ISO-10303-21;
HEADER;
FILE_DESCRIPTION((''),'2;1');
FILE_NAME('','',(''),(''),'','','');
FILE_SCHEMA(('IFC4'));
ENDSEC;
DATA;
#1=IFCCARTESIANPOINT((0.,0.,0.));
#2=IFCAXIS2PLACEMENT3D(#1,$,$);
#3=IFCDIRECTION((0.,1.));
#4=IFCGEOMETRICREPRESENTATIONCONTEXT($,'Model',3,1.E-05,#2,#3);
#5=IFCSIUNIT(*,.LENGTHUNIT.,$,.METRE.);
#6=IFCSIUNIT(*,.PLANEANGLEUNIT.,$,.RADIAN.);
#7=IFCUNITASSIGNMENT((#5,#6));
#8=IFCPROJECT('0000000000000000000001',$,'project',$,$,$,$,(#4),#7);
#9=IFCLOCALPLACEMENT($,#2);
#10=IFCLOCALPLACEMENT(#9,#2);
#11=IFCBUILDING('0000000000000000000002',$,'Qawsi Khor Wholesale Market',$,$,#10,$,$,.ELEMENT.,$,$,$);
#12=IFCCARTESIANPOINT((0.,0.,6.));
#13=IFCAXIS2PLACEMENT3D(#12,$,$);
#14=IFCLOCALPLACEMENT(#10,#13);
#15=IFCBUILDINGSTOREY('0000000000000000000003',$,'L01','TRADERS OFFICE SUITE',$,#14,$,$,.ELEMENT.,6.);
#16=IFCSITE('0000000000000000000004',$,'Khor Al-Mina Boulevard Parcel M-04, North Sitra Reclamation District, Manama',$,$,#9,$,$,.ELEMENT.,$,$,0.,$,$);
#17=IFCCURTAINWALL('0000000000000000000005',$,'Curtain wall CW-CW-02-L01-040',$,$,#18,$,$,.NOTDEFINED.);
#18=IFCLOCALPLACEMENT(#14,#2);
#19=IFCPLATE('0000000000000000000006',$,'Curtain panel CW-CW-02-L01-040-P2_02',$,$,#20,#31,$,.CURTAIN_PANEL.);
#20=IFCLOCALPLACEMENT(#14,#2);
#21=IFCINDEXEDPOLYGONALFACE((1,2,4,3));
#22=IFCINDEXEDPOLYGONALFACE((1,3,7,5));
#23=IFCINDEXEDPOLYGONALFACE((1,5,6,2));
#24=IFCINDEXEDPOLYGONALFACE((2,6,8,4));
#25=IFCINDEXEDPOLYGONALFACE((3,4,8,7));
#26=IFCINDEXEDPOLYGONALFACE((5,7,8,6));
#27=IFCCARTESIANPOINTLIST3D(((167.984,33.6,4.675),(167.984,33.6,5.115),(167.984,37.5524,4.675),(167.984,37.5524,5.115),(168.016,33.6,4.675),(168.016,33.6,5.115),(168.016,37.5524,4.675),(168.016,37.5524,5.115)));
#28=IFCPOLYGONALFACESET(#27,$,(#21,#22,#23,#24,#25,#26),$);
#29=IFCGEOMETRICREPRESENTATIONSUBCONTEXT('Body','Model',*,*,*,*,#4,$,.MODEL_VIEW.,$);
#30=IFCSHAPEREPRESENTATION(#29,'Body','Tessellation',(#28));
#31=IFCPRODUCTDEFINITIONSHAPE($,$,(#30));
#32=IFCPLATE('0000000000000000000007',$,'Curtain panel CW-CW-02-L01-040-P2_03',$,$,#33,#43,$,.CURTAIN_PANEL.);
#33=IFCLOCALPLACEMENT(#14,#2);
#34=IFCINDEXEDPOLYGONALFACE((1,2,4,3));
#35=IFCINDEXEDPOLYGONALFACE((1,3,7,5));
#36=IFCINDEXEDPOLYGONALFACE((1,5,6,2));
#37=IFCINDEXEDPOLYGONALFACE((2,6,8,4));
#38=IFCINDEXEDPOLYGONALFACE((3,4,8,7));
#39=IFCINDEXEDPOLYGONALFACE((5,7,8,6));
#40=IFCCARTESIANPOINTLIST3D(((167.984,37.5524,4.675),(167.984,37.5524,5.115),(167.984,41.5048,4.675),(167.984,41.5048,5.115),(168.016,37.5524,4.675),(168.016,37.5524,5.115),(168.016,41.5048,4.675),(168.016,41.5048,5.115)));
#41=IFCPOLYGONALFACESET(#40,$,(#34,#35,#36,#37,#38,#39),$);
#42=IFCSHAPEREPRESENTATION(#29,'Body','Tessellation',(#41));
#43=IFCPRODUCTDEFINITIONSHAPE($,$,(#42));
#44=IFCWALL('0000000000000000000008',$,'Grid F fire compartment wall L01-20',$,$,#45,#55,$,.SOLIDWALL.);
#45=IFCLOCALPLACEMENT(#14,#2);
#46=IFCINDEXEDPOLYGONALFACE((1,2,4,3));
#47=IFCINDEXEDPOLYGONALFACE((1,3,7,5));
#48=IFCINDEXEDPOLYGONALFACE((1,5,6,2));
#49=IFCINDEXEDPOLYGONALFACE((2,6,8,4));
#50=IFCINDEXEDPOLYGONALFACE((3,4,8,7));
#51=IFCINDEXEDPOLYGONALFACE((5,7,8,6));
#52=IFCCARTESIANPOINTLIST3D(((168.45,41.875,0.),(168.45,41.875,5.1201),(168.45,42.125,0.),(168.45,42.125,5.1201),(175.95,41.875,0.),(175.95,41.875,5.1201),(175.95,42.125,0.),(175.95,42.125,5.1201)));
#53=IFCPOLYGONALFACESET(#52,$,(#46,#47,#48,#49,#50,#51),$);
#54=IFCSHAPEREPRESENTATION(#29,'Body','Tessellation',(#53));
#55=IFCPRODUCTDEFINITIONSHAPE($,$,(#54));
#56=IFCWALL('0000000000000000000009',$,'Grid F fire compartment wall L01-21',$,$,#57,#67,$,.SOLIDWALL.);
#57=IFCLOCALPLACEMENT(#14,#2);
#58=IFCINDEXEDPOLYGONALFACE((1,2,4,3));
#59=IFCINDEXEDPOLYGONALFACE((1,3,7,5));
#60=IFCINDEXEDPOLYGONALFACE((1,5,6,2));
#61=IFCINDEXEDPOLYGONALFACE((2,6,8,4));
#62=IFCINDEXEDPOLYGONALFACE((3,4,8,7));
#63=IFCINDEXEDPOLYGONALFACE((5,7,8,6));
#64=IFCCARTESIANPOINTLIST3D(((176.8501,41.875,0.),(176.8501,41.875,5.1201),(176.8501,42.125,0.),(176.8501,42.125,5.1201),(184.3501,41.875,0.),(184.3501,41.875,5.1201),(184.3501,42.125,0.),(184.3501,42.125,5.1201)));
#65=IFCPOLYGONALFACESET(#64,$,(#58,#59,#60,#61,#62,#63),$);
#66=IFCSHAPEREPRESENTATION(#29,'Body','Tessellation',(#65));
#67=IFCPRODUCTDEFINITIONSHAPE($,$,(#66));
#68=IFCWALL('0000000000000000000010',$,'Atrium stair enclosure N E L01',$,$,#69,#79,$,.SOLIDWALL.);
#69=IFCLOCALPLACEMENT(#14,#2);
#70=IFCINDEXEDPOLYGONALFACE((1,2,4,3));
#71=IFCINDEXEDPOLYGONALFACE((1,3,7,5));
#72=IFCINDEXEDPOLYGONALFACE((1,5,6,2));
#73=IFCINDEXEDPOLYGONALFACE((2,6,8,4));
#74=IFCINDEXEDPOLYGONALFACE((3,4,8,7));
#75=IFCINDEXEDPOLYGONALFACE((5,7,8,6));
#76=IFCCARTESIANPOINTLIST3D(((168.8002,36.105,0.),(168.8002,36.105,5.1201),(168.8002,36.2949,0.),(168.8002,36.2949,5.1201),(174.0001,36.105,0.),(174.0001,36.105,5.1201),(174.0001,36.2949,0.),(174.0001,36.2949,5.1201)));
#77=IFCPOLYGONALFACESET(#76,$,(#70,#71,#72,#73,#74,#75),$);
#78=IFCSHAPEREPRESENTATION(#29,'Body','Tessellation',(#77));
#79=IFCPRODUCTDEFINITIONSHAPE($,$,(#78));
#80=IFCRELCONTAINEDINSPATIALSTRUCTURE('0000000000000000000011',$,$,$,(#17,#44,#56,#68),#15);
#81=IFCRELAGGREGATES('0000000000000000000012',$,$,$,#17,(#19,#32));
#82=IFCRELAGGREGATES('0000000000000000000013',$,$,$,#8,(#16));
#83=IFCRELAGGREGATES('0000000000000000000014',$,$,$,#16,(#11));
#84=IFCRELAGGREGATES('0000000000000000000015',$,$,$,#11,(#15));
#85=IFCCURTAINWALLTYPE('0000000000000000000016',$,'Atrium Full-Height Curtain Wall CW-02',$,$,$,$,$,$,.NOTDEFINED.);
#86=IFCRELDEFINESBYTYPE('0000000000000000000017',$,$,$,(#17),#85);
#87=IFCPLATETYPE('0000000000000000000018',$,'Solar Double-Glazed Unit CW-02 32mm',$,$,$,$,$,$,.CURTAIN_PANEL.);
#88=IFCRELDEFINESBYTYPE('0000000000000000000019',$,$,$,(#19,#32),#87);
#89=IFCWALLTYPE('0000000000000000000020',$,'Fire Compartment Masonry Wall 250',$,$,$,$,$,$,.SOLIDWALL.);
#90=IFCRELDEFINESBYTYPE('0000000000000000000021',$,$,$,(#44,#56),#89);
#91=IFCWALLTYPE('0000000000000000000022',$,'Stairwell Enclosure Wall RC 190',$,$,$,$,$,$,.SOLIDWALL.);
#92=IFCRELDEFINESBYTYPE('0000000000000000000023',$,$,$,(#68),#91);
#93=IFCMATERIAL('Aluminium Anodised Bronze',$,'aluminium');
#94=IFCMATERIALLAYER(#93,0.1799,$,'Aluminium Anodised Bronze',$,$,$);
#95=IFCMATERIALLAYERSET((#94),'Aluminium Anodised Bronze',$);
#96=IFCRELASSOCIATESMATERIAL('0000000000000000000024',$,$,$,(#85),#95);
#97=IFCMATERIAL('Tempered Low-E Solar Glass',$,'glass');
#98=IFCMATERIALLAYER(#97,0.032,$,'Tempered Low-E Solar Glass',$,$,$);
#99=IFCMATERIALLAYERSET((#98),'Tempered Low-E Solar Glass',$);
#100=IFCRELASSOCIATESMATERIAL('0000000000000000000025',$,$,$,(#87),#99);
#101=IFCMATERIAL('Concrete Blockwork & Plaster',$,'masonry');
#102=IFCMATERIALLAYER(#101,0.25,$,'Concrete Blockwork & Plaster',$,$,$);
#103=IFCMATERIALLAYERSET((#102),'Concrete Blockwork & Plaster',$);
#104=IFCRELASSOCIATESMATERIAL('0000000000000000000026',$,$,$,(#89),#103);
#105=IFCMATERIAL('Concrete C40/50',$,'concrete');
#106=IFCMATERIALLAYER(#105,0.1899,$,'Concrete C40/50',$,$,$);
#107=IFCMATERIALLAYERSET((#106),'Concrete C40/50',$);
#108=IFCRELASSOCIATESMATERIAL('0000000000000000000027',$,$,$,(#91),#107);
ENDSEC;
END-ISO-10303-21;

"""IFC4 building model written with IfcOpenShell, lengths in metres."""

from ifc_helpers import new_model, si_unit, direction, frame, frame_2d, origin, place, context, subcontext, project, spatial, rectangle, extrude, material, layer, layer_set, type_object, element, aggregate, save


model = new_model("IFC4")

# Units and contexts
model_context = context("Model", 3, precision=1e-05, world=origin(), true_north=direction((0.0, 1.0)))
body_context = subcontext(model_context, "Body", "Model", "MODEL_VIEW")
ifc_project = project(units=[si_unit("LENGTHUNIT", "METRE"), si_unit("PLANEANGLEUNIT", "RADIAN")], contexts=[model_context])

# Site, building, storey
site_placement = place(None, origin())
site = spatial("IfcSite", under=ifc_project, at=site_placement, Name="Khor Al-Mina Boulevard Parcel M-04, North Sitra Reclamation District, Manama", CompositionType="ELEMENT", RefElevation=0.0)
building_placement = place(site_placement, origin())
building = spatial("IfcBuilding", under=site, at=building_placement, Name="Qawsi Khor Wholesale Market", CompositionType="ELEMENT")
storey_placement = place(building_placement, frame((0.0, 0.0, 6.0)))
storey = spatial("IfcBuildingStorey", under=building, at=storey_placement, Name="L01", Description="TRADERS OFFICE SUITE", CompositionType="ELEMENT", Elevation=6.0)

# Shared definitions
ifc_material_1 = material(Name="Concrete C40/50", Category="concrete")

# Curtain wall
ifc_material_2 = material(Name="Aluminium Anodised Bronze", Category="aluminium")
ifc_layer_1 = layer(ifc_material_2, 0.1799, Name="Aluminium Anodised Bronze")
ifc_layer_set_1 = layer_set([ifc_layer_1], Name="Aluminium Anodised Bronze")
curtain_wall_type = type_object("IfcCurtainWallType", Name="Atrium Full-Height Curtain Wall CW-02", PredefinedType="NOTDEFINED", material=ifc_layer_set_1)
curtain_wall_placement = place(storey_placement, origin())
curtain_wall = element("IfcCurtainWall", 1, at=curtain_wall_placement, inside=storey, type_object=curtain_wall_type, Name="Curtain wall CW-CW-02-L01-040", PredefinedType="NOTDEFINED")

# Plates
ifc_material_3 = material(Name="Tempered Low-E Solar Glass", Category="glass")
ifc_layer_2 = layer(ifc_material_3, 0.032, Name="Tempered Low-E Solar Glass")
ifc_layer_set_2 = layer_set([ifc_layer_2], Name="Tempered Low-E Solar Glass")
plate_type_1 = type_object("IfcPlateType", Name="Solar Double-Glazed Unit CW-02 32mm", PredefinedType="CURTAIN_PANEL", material=ifc_layer_set_2)
plate_1_placement = place(storey_placement, frame((168.0, 33.6001, 4.675), z_axis=(0.0, 0.0, 1.0), x_axis=(0.0, 1.0, 0.0)))
plate_1 = element("IfcPlate", 2, at=plate_1_placement, type_object=plate_type_1, Name="Curtain panel CW-CW-02-L01-040-P2_02", PredefinedType="CURTAIN_PANEL", context=body_context, shape_type="SweptSolid", body=[
    extrude(rectangle(XDim=3.9524, YDim=0.032, at=frame_2d((1.9761, 0.0))), origin(), (0.0, 0.0, 1.0), 0.4399),
])
plate_2_placement = place(storey_placement, frame((168.0, 37.5525, 4.675), z_axis=(0.0, 0.0, 1.0), x_axis=(0.0, 1.0, 0.0)))
plate_2 = element("IfcPlate", 3, at=plate_2_placement, type_object=plate_type_1, Name="Curtain panel CW-CW-02-L01-040-P2_03", PredefinedType="CURTAIN_PANEL", context=body_context, shape_type="SweptSolid", body=[
    extrude(rectangle(XDim=3.9524, YDim=0.032, at=frame_2d((1.9761, 0.0))), origin(), (0.0, 0.0, 1.0), 0.4399),
])
aggregate(curtain_wall, [plate_1, plate_2])

# Walls
ifc_material_4 = material(Name="Concrete Blockwork & Plaster", Category="masonry")
ifc_layer_3 = layer(ifc_material_4, 0.25, Name="Concrete Blockwork & Plaster")
ifc_layer_set_3 = layer_set([ifc_layer_3], Name="Concrete Blockwork & Plaster")
wall_type_1 = type_object("IfcWallType", Name="Fire Compartment Masonry Wall 250", PredefinedType="SOLIDWALL", material=ifc_layer_set_3)
for number, where, z_axis, x_axis, name in (
    (4, (168.45, 42.0, 0.0), (0.0, 0.0, 1.0), (1.0, 0.0, 0.0), "Grid F fire compartment wall L01-20"),
    (5, (176.8501, 42.0, 0.0), (0.0, 0.0, 1.0), (1.0, 0.0, 0.0), "Grid F fire compartment wall L01-21"),
):
    element("IfcWall", number, at=place(storey_placement, frame(where, z_axis=z_axis, x_axis=x_axis)), inside=storey, type_object=wall_type_1, Name=name, PredefinedType="SOLIDWALL", context=body_context, shape_type="SweptSolid", body=[
        extrude(rectangle(XDim=7.5, YDim=0.25, at=frame_2d((3.75, 0.0))), origin(), (0.0, 0.0, 1.0), 5.1201),
    ])
ifc_layer_4 = layer(ifc_material_1, 0.1899, Name="Concrete C40/50")
ifc_layer_set_4 = layer_set([ifc_layer_4], Name="Concrete C40/50")
wall_type_2 = type_object("IfcWallType", Name="Stairwell Enclosure Wall RC 190", PredefinedType="SOLIDWALL", material=ifc_layer_set_4)
wall_placement = place(storey_placement, frame((168.8, 36.2, 0.0), z_axis=(0.0, 0.0, 1.0), x_axis=(1.0, 0.0, 0.0)))
element("IfcWall", 6, at=wall_placement, inside=storey, type_object=wall_type_2, Name="Atrium stair enclosure N E L01", PredefinedType="SOLIDWALL", context=body_context, shape_type="SweptSolid", body=[
    extrude(rectangle(XDim=5.2, YDim=0.1899, at=frame_2d((2.6001, 0.0))), origin(), (0.0, 0.0, 1.0), 5.1201),
])

save(model, "model.ifc")
